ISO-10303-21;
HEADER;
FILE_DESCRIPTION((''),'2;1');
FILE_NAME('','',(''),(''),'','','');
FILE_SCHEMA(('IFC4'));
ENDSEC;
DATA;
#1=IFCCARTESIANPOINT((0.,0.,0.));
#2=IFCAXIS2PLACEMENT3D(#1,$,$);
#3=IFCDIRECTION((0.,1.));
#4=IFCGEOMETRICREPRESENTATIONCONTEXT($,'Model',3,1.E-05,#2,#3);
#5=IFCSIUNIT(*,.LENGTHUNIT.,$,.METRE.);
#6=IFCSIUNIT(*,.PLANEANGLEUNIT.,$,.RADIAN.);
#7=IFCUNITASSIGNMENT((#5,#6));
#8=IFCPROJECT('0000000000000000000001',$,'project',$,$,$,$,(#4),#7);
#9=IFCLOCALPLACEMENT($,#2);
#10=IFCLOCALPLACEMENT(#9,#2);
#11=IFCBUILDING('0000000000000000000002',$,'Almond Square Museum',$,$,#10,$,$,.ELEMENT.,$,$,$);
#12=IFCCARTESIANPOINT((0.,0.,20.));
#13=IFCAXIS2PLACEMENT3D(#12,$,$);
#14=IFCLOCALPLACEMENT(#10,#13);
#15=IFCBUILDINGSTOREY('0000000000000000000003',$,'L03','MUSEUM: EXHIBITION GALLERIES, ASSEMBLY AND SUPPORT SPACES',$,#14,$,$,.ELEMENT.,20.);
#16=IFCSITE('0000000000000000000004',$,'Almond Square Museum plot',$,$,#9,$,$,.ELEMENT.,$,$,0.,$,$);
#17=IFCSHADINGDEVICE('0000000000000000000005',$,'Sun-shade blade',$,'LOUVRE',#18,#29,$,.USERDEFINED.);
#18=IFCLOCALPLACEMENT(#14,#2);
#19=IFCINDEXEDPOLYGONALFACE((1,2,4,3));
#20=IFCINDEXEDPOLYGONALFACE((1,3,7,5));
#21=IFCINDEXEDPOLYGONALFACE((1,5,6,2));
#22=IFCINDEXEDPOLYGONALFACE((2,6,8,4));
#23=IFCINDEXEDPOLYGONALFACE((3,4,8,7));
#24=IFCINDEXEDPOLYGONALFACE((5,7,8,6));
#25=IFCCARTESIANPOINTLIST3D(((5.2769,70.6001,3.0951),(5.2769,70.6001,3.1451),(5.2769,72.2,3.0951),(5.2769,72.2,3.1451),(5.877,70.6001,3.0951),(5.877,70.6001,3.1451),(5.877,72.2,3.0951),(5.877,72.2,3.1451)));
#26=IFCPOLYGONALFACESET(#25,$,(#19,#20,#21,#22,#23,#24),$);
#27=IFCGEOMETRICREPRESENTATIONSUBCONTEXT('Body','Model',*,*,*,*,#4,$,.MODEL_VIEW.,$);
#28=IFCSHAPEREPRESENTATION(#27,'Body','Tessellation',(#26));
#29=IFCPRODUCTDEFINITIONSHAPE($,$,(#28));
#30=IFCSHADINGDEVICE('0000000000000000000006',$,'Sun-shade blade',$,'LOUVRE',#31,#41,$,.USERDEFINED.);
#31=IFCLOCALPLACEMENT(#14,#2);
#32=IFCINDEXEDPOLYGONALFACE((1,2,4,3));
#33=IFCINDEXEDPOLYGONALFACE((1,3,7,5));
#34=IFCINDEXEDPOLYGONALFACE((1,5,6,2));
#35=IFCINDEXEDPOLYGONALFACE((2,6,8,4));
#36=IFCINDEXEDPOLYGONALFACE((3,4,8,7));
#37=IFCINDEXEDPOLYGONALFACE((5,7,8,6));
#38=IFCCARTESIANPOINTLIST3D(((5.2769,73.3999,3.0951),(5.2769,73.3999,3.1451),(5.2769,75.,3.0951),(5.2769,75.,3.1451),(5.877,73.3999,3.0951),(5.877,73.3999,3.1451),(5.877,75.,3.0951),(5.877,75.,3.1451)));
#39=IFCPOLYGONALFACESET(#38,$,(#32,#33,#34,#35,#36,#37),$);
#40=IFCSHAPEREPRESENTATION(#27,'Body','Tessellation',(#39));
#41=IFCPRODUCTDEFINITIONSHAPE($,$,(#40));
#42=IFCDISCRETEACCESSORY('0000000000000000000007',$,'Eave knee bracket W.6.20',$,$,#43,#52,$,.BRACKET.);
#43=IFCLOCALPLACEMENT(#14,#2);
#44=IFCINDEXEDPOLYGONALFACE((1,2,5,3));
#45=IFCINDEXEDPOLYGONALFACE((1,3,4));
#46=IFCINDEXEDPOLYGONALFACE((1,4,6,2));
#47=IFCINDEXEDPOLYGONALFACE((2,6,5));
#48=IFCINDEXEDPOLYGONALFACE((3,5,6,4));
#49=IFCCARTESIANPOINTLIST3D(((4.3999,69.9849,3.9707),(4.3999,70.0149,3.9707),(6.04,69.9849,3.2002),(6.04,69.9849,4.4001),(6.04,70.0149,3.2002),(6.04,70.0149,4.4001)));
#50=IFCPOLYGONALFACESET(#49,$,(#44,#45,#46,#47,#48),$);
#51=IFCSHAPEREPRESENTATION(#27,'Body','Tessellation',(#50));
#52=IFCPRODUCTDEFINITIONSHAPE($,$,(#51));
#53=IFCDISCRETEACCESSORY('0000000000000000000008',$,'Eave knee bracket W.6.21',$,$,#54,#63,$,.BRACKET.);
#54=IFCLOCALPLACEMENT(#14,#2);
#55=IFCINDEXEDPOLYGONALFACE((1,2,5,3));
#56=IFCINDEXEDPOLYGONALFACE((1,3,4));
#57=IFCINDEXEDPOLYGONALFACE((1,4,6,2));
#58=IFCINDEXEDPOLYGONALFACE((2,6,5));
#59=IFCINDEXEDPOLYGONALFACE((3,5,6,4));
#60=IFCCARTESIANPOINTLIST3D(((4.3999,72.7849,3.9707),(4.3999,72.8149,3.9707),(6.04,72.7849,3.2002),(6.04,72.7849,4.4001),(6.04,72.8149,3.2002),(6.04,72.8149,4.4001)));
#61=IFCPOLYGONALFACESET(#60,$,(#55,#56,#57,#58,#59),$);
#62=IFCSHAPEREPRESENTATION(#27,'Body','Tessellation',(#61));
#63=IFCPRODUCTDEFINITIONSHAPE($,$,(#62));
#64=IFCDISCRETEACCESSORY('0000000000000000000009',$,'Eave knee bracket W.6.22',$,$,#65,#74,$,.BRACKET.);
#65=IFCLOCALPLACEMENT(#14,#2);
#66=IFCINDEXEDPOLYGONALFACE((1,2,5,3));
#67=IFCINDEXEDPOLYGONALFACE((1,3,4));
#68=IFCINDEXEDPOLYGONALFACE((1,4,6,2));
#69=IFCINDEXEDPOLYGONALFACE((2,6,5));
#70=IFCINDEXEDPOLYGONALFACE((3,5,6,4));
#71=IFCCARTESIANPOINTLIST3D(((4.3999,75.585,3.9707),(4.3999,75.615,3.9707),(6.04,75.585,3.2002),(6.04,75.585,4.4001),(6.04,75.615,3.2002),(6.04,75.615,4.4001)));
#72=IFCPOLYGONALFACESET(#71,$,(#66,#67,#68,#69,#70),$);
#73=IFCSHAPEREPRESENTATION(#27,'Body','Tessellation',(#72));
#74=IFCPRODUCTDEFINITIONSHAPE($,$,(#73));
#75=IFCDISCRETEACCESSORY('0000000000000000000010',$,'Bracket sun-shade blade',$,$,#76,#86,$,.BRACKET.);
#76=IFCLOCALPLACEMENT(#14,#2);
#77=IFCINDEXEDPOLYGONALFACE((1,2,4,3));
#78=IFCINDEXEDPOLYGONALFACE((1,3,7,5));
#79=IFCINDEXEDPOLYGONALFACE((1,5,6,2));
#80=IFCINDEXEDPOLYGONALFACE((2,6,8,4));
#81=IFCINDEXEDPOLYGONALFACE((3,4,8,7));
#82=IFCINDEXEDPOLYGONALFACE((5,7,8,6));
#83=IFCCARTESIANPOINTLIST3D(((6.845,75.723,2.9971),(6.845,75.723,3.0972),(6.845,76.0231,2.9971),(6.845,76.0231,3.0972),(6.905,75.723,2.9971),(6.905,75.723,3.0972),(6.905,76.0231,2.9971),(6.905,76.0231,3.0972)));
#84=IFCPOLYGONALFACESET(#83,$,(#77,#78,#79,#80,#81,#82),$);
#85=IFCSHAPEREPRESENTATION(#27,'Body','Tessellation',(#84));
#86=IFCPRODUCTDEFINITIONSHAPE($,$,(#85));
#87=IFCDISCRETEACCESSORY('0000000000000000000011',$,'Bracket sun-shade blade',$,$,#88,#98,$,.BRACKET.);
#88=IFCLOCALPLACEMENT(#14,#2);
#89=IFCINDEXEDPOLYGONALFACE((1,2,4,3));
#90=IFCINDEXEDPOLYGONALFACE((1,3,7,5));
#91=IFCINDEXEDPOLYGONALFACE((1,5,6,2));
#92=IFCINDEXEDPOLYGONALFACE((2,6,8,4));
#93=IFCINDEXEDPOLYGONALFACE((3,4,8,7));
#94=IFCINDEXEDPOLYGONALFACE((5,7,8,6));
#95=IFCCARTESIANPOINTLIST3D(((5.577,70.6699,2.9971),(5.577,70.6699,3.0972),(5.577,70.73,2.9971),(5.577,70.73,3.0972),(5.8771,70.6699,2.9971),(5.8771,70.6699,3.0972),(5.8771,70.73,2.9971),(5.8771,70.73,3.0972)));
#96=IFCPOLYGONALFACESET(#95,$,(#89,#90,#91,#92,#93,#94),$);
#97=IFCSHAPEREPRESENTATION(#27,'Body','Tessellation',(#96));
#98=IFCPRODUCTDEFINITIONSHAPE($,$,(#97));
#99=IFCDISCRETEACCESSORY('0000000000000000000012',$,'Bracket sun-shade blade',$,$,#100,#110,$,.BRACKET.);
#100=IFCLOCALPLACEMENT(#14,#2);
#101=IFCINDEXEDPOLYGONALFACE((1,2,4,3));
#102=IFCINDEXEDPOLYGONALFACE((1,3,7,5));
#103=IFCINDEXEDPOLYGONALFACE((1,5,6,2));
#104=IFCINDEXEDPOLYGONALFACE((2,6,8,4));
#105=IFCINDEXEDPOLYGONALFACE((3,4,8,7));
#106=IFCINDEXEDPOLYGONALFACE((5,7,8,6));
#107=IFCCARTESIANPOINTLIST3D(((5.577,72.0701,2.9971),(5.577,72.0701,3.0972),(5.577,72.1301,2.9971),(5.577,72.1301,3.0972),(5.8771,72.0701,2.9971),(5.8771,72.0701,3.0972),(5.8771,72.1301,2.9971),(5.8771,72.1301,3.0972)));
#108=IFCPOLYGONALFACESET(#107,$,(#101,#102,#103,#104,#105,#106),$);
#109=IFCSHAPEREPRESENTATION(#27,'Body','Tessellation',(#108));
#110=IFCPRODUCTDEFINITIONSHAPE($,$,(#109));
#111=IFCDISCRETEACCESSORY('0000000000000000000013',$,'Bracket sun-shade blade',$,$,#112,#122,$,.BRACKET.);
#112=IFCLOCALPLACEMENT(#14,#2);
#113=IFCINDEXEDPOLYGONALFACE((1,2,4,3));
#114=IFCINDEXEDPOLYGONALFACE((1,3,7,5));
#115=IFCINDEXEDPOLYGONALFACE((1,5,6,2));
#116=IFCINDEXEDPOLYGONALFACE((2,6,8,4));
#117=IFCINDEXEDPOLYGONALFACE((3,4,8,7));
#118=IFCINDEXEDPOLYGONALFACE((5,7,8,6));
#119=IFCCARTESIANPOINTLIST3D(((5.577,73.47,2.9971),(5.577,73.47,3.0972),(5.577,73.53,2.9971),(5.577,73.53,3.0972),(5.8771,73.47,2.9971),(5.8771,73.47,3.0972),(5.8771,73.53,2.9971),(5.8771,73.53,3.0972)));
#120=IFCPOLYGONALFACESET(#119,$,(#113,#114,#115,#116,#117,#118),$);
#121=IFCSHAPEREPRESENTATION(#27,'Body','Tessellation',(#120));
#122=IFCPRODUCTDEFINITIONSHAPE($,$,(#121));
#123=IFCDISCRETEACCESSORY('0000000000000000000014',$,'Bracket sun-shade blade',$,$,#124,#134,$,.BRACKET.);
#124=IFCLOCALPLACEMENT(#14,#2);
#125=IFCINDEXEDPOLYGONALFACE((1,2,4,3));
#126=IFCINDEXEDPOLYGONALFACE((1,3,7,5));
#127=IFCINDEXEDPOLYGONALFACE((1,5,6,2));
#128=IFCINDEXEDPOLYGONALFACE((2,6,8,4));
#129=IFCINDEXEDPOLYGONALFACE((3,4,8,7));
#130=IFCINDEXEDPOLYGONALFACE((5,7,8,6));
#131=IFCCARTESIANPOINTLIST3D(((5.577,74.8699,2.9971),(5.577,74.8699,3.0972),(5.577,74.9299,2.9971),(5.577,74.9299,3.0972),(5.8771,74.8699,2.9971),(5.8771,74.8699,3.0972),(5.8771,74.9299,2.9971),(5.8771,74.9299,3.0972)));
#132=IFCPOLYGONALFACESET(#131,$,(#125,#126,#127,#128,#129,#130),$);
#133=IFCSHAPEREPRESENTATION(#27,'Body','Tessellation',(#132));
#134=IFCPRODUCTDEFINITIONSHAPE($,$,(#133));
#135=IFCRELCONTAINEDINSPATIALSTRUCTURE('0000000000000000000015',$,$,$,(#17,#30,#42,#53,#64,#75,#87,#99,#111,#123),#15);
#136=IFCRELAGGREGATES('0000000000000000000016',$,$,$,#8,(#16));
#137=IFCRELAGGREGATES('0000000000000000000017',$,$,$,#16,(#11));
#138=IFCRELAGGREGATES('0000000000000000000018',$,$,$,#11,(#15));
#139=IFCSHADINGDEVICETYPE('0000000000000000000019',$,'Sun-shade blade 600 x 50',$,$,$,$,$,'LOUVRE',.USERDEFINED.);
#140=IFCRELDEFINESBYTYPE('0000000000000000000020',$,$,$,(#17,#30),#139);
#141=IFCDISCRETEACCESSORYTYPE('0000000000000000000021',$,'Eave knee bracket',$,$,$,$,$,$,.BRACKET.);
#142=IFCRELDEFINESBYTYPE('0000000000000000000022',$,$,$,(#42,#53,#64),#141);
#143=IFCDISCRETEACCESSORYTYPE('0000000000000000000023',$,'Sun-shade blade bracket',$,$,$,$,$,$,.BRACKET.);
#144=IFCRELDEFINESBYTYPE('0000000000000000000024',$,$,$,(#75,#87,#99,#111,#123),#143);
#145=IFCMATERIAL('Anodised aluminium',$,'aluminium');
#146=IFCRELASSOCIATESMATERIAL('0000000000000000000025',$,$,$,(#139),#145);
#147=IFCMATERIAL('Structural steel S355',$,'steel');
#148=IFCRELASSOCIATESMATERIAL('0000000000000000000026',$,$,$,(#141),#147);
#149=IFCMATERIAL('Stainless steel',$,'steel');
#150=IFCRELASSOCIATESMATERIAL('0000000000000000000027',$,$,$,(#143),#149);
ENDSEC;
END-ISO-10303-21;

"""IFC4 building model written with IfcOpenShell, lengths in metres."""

from ifc_helpers import new_model, si_unit, direction, frame, origin, origin_2d, place, context, subcontext, project, spatial, polyline, rectangle, outline, extrude, material, material_profile, profile_set, type_object, element, save


model = new_model("IFC4")

# Units and contexts
model_context = context("Model", 3, precision=1e-05, world=origin(), true_north=direction((0.0, 1.0)))
body_context = subcontext(model_context, "Body", "Model", "MODEL_VIEW")
ifc_project = project(units=[si_unit("LENGTHUNIT", "METRE"), si_unit("PLANEANGLEUNIT", "RADIAN")], contexts=[model_context])

# Site, building, storey
site_placement = place(None, origin())
site = spatial("IfcSite", under=ifc_project, at=site_placement, Name="Almond Square Museum plot", CompositionType="ELEMENT", RefElevation=0.0)
building_placement = place(site_placement, origin())
building = spatial("IfcBuilding", under=site, at=building_placement, Name="Almond Square Museum", CompositionType="ELEMENT")
storey_placement = place(building_placement, frame((0.0, 0.0, 20.0)))
storey = spatial("IfcBuildingStorey", under=building, at=storey_placement, Name="L03", Description="MUSEUM: EXHIBITION GALLERIES, ASSEMBLY AND SUPPORT SPACES", CompositionType="ELEMENT", Elevation=20.0)

# Shading devices
ifc_material_1 = material(Name="Anodised aluminium", Category="aluminium")
ifc_material_profile_1 = material_profile(ifc_material_1, rectangle(XDim=0.6001, YDim=0.05, at=origin_2d()))
ifc_profile_set_1 = profile_set([ifc_material_profile_1], Name="Anodised aluminium")
shading_device_type = type_object("IfcShadingDeviceType", Name="Sun-shade blade 600 x 50", ElementType="LOUVRE", PredefinedType="USERDEFINED", material=ifc_profile_set_1)
shading_device_1_placement = place(storey_placement, frame((5.5769, 70.6001, 3.1201), z_axis=(0.0, 1.0, 0.0), x_axis=(-1.0, 0.0, 0.0)))
element("IfcShadingDevice", 1, at=shading_device_1_placement, inside=storey, type_object=shading_device_type, Name="Sun-shade blade", ObjectType="LOUVRE", PredefinedType="USERDEFINED", context=body_context, shape_type="SweptSolid", body=[
    extrude(rectangle(XDim=0.6001, YDim=0.05, at=origin_2d()), origin(), (0.0, 0.0, 1.0), 1.5999),
])
shading_device_2_placement = place(storey_placement, frame((5.5769, 73.3999, 3.1201), z_axis=(0.0, 1.0, 0.0), x_axis=(-1.0, 0.0, 0.0)))
element("IfcShadingDevice", 2, at=shading_device_2_placement, inside=storey, type_object=shading_device_type, Name="Sun-shade blade", ObjectType="LOUVRE", PredefinedType="USERDEFINED", context=body_context, shape_type="SweptSolid", body=[
    extrude(rectangle(XDim=0.6001, YDim=0.05, at=origin_2d()), origin(), (0.0, 0.0, 1.0), 1.6001),
])

# Discrete accessories
ifc_material_2 = material(Name="Structural steel S355", Category="steel")
discrete_accessory_type_1 = type_object("IfcDiscreteAccessoryType", Name="Eave knee bracket", PredefinedType="BRACKET", material=ifc_material_2)
for number, where, z_axis, x_axis, name in (
    (3, (6.04, 70.0, 4.4001), (0.0, 1.0, 0.0), (0.0, 0.0, -1.0), "Eave knee bracket W.6.20"),
    (4, (6.04, 72.8, 4.4001), (0.0, 1.0, 0.0), (0.0, 0.0, -1.0), "Eave knee bracket W.6.21"),
    (5, (6.04, 75.6001, 4.4001), (0.0, 1.0, 0.0), (0.0, 0.0, -1.0), "Eave knee bracket W.6.22"),
):
    element("IfcDiscreteAccessory", number, at=place(storey_placement, frame(where, z_axis=z_axis, x_axis=x_axis)), inside=storey, type_object=discrete_accessory_type_1, Name=name, PredefinedType="BRACKET", context=body_context, shape_type="SweptSolid", body=[
        extrude(outline(polyline([(0.0, 0.0), (1.2, 0.0), (0.4294, 1.6401), (0.0, 0.0)])), frame((0.0, 0.0, -0.0151)), (0.0, 0.0, 1.0), 0.03),
    ])
ifc_material_3 = material(Name="Stainless steel", Category="steel")
discrete_accessory_type_2 = type_object("IfcDiscreteAccessoryType", Name="Sun-shade blade bracket", PredefinedType="BRACKET", material=ifc_material_3)
discrete_accessory_placement = place(storey_placement, frame((6.875, 75.873, 2.9971), z_axis=(0.0, 0.0, 1.0), x_axis=(1.0, 0.0, 0.0)))
element("IfcDiscreteAccessory", 6, at=discrete_accessory_placement, inside=storey, type_object=discrete_accessory_type_2, Name="Bracket sun-shade blade", PredefinedType="BRACKET", context=body_context, shape_type="SweptSolid", body=[
    extrude(rectangle(XDim=0.0601, YDim=0.3, at=origin_2d()), origin(), (0.0, 0.0, 1.0), 0.1001),
])
for number, where, z_axis, x_axis, name in (
    (7, (5.7271, 70.7, 2.9971), (0.0, 0.0, 1.0), (1.0, 0.0, 0.0), "Bracket sun-shade blade"),
    (8, (5.7271, 72.1001, 2.9971), (0.0, 0.0, 1.0), (1.0, 0.0, 0.0), "Bracket sun-shade blade"),
    (9, (5.7271, 73.5, 2.9971), (0.0, 0.0, 1.0), (1.0, 0.0, 0.0), "Bracket sun-shade blade"),
    (10, (5.7271, 74.8999, 2.9971), (0.0, 0.0, 1.0), (1.0, 0.0, 0.0), "Bracket sun-shade blade"),
):
    element("IfcDiscreteAccessory", number, at=place(storey_placement, frame(where, z_axis=z_axis, x_axis=x_axis)), inside=storey, type_object=discrete_accessory_type_2, Name=name, PredefinedType="BRACKET", context=body_context, shape_type="SweptSolid", body=[
        extrude(rectangle(XDim=0.3, YDim=0.0601, at=origin_2d()), origin(), (0.0, 0.0, 1.0), 0.1001),
    ])

save(model, "model.ifc")
